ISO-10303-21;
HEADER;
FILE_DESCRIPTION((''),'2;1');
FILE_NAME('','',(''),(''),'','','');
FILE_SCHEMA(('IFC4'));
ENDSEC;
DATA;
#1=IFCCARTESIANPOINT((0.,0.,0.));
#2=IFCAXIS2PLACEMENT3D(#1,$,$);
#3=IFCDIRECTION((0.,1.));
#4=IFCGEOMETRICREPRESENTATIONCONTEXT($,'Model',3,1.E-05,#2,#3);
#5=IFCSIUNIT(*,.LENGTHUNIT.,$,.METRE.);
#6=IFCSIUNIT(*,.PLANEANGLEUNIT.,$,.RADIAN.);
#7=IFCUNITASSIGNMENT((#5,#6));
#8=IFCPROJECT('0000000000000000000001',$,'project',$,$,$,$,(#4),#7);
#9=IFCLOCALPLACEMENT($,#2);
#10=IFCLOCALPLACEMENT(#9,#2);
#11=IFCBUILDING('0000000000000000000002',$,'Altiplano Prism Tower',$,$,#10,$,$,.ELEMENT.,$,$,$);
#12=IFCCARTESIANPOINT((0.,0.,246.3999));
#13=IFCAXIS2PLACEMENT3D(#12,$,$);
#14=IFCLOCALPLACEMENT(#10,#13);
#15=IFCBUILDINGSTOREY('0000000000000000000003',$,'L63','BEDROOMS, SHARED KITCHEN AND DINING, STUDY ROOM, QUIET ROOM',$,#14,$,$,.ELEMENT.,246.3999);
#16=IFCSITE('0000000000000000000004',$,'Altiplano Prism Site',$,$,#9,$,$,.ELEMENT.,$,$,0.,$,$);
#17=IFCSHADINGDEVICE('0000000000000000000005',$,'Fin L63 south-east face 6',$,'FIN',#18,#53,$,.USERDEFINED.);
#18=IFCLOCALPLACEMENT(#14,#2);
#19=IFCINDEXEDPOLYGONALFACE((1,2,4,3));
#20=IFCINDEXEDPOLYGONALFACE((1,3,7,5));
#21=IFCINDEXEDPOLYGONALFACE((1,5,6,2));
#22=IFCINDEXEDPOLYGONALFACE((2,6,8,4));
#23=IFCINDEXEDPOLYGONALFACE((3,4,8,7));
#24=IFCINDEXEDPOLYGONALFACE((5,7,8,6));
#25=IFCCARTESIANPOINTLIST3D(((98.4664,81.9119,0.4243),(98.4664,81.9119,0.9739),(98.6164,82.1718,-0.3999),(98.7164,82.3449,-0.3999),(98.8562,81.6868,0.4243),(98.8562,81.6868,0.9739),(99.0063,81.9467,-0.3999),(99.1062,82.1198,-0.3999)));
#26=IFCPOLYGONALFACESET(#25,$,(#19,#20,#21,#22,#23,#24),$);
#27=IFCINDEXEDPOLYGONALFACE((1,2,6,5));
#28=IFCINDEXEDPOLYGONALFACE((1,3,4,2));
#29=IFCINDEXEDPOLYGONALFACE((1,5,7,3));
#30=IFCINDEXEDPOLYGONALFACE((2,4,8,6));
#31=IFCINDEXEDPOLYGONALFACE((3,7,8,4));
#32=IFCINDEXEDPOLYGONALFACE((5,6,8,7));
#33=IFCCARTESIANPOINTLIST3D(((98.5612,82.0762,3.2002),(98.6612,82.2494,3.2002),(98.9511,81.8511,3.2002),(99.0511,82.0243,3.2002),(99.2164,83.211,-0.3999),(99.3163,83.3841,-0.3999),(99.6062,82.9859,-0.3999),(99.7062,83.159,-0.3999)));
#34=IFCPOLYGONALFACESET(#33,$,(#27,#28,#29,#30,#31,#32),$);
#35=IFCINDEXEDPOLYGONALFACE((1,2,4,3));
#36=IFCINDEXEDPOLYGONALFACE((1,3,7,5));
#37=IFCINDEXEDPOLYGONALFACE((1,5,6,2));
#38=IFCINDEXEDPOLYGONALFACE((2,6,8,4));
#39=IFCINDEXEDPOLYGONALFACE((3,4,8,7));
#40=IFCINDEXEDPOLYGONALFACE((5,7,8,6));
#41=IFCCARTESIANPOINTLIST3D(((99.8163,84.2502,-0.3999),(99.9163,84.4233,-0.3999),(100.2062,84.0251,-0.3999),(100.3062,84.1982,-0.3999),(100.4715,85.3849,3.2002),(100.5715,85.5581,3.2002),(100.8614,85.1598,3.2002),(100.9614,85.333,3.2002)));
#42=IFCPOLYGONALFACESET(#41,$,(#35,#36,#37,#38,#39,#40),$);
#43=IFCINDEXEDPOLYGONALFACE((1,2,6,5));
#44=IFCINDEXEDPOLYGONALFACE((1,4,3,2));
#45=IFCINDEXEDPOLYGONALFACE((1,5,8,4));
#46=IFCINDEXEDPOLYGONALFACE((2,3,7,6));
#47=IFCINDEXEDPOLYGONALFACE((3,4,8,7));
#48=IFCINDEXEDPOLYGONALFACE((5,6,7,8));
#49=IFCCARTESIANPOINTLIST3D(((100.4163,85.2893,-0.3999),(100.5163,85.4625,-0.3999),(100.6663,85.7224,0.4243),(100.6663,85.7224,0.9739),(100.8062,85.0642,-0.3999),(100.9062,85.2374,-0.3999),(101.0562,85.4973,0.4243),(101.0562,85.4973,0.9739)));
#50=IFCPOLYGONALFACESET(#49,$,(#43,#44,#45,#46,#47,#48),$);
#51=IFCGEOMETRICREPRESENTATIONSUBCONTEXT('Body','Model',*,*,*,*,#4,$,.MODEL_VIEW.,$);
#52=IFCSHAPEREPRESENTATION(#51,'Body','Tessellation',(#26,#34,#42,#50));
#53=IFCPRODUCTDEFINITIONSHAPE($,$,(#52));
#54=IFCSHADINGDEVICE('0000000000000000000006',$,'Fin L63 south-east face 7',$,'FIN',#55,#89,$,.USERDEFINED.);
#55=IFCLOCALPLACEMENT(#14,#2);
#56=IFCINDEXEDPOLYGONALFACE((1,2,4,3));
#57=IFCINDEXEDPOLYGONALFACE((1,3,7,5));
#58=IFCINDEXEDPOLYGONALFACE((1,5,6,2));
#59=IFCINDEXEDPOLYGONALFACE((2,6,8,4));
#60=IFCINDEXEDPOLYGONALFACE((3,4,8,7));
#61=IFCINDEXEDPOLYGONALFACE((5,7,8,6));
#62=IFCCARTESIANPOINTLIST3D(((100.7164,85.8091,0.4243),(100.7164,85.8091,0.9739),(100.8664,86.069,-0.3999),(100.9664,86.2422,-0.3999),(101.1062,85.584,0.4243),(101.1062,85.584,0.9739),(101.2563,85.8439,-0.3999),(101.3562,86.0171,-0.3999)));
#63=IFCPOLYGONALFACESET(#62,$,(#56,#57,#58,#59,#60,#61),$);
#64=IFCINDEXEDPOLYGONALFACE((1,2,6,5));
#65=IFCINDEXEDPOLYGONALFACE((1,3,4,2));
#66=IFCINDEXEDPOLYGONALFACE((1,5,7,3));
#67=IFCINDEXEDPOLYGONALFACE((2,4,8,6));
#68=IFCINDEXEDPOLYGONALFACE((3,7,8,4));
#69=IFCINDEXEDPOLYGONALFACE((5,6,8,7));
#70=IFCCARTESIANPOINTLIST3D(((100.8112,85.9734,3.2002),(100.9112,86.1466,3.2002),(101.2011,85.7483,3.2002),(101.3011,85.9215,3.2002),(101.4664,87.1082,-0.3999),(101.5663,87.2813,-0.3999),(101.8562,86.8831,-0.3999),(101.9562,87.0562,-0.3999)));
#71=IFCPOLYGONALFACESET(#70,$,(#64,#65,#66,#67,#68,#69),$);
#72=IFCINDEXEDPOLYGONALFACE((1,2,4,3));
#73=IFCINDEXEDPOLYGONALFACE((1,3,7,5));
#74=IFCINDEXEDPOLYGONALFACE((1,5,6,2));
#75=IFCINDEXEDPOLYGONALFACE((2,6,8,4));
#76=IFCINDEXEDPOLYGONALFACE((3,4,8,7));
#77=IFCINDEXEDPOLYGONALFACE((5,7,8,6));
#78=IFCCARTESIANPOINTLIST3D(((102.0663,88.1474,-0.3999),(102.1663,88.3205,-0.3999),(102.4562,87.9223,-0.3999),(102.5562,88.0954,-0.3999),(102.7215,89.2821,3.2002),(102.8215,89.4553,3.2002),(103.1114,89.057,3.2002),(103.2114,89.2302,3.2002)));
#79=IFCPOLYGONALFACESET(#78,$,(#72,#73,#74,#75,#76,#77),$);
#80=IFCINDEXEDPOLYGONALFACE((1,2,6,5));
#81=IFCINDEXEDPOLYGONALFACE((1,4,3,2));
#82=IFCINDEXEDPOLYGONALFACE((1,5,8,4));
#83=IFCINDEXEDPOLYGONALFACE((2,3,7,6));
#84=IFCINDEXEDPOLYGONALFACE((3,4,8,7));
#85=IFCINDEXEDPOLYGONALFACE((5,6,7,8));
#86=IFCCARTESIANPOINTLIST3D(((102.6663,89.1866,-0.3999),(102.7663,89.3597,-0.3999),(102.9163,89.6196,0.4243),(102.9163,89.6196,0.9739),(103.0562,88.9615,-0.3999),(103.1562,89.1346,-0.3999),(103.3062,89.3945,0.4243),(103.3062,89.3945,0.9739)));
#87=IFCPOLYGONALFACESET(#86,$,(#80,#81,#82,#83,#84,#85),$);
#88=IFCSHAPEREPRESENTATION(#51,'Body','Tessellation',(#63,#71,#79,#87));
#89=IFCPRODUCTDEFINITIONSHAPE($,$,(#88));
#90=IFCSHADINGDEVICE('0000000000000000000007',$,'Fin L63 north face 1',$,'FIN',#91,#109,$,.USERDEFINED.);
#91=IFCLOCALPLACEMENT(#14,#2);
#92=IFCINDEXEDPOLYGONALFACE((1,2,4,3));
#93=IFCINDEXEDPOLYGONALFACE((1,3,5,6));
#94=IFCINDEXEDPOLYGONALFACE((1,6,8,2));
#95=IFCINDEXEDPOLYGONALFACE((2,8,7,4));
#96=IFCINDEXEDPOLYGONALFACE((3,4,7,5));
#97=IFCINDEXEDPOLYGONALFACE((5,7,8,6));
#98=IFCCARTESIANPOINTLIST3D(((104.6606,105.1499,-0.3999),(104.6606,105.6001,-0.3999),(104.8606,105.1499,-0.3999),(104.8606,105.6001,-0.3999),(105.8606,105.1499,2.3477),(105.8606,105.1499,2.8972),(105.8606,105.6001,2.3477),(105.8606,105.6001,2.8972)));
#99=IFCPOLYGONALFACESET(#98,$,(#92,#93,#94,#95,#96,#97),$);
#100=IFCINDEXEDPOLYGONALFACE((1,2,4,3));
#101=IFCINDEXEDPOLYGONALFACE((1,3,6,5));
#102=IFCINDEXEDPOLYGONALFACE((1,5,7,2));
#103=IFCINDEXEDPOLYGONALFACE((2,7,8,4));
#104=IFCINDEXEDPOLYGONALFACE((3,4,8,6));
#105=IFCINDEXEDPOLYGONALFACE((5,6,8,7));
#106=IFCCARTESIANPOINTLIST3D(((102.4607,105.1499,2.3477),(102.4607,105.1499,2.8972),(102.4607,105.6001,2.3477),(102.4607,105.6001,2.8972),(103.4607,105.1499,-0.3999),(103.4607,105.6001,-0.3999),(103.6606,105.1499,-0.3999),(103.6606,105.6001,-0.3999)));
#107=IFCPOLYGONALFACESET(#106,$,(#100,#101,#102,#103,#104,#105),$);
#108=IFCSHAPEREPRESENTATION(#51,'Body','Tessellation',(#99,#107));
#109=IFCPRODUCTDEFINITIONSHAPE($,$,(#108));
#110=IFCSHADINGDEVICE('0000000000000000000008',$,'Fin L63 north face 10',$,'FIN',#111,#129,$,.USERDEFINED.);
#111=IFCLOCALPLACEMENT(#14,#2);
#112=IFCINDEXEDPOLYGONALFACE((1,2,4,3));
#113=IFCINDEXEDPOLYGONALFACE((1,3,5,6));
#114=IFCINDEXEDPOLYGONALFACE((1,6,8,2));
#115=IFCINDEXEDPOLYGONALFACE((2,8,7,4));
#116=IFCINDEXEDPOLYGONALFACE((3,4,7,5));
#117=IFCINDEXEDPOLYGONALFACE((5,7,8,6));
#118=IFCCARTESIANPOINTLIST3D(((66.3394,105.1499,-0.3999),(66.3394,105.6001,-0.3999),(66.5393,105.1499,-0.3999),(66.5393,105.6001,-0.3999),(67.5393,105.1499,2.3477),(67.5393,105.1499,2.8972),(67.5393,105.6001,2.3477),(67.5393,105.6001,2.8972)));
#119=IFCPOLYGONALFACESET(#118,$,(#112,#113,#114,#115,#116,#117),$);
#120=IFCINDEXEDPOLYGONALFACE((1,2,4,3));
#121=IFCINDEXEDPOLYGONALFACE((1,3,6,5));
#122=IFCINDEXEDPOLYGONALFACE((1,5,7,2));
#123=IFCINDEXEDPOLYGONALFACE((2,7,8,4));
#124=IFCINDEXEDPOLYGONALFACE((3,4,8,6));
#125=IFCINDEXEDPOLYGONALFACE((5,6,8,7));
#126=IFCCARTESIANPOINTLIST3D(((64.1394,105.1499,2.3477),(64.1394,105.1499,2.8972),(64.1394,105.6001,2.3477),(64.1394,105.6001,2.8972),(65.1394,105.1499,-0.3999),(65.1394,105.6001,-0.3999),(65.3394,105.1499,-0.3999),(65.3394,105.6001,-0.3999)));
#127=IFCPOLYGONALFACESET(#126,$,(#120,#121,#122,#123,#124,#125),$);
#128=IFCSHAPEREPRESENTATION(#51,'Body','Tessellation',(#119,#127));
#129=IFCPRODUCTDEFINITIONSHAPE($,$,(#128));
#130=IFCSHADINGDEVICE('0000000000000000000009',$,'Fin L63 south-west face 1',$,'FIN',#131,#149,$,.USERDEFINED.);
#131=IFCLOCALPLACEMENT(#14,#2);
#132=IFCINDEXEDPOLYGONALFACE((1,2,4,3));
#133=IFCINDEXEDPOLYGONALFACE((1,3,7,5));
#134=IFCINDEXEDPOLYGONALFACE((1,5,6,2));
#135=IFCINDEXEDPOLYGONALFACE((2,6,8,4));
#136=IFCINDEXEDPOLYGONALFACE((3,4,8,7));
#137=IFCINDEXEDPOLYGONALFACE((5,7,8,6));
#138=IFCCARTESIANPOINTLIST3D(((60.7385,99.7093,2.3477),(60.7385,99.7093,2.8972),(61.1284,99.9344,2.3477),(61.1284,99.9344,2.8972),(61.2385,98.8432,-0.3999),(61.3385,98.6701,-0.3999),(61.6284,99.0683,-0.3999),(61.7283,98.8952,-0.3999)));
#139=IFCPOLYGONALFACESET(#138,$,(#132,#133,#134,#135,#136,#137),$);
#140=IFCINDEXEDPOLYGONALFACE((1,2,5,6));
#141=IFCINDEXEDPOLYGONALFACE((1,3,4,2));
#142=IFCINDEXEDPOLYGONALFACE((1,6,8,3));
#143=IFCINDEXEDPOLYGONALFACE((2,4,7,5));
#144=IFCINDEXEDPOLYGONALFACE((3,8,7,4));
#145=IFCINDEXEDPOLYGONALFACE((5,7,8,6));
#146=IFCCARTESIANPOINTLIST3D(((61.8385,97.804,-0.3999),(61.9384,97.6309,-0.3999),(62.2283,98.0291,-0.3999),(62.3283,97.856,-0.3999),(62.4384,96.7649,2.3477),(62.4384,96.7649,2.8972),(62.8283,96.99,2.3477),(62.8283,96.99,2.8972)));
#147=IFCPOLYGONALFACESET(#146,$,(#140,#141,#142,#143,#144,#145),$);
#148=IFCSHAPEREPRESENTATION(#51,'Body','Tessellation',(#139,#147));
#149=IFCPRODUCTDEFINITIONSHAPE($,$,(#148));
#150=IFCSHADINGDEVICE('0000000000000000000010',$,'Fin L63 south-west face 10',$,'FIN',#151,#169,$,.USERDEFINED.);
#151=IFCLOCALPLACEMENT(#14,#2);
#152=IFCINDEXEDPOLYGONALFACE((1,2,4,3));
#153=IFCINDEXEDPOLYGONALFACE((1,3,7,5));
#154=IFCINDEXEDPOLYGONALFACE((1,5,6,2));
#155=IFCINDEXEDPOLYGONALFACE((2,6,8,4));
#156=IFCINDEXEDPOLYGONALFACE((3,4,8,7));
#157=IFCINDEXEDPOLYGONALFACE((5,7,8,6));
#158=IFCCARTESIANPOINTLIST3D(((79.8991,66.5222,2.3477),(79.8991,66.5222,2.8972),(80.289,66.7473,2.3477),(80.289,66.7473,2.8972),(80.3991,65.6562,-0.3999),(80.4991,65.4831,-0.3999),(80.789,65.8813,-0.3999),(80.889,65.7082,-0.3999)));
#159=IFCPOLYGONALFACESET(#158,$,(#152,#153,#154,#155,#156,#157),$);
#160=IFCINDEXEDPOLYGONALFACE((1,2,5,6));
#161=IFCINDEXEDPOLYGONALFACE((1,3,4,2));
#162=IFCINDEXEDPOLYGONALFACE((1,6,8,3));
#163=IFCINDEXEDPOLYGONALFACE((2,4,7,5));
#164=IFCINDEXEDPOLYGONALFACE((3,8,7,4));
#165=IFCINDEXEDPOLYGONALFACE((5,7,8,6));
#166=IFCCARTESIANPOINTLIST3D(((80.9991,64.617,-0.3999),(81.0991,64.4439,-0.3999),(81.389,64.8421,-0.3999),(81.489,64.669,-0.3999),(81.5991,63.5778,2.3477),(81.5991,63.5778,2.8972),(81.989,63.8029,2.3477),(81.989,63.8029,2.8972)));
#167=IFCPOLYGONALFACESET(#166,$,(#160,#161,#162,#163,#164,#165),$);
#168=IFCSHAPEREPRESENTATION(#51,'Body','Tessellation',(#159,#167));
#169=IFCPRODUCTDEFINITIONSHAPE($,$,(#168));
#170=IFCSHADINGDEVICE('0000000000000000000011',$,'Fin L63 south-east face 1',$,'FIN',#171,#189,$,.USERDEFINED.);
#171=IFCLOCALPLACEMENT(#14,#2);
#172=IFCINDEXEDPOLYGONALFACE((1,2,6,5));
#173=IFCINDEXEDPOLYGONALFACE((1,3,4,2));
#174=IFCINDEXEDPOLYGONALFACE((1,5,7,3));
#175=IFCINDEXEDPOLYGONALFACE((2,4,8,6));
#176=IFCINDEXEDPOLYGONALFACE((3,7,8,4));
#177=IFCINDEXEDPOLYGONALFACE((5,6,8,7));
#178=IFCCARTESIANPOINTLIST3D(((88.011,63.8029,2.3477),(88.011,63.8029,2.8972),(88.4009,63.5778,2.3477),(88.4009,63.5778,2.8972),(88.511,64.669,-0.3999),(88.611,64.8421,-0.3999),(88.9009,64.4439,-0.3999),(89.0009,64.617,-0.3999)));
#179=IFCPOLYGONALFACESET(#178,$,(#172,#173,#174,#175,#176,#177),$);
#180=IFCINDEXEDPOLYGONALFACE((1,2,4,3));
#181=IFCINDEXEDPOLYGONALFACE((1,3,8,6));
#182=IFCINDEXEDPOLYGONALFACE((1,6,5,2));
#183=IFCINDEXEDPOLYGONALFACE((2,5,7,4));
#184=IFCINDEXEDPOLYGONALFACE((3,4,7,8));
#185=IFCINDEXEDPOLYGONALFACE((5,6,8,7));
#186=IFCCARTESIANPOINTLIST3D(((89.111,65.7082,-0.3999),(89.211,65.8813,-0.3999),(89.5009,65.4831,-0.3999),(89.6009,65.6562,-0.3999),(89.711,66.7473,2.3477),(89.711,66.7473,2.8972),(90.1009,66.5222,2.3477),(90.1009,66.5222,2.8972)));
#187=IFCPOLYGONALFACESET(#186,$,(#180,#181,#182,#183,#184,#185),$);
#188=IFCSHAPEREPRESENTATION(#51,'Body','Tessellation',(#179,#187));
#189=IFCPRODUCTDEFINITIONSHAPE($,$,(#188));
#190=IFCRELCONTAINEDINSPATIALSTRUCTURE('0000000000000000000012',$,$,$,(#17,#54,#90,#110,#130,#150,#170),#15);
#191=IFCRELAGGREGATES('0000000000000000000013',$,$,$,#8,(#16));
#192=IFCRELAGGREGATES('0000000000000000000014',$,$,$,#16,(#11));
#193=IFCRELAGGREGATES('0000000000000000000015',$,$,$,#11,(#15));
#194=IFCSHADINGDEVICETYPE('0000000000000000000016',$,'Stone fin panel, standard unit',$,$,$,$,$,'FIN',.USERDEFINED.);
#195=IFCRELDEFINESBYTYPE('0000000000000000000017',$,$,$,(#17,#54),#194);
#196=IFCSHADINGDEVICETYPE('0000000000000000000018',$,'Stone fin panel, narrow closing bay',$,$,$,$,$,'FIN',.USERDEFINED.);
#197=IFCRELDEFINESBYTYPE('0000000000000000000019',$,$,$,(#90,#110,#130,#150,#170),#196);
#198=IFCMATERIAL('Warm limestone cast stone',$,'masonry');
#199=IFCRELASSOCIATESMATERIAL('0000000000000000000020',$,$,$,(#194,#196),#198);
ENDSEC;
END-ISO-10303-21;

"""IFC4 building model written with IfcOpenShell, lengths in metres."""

from ifc_helpers import new_model, si_unit, direction, frame, origin, place, context, subcontext, project, spatial, polyline, outline, extrude, source, transform, mapped, material, type_object, element, save


model = new_model("IFC4")

# Units and contexts
model_context = context("Model", 3, precision=1e-05, world=origin(), true_north=direction((0.0, 1.0)))
body_context = subcontext(model_context, "Body", "Model", "MODEL_VIEW")
ifc_project = project(units=[si_unit("LENGTHUNIT", "METRE"), si_unit("PLANEANGLEUNIT", "RADIAN")], contexts=[model_context])

# Site, building, storey
site_placement = place(None, origin())
site = spatial("IfcSite", under=ifc_project, at=site_placement, Name="Altiplano Prism Site", CompositionType="ELEMENT", RefElevation=0.0)
building_placement = place(site_placement, origin())
building = spatial("IfcBuilding", under=site, at=building_placement, Name="Altiplano Prism Tower", CompositionType="ELEMENT")
storey_placement = place(building_placement, frame((0.0, 0.0, 246.3999)))
storey = spatial("IfcBuildingStorey", under=building, at=storey_placement, Name="L63", Description="BEDROOMS, SHARED KITCHEN AND DINING, STUDY ROOM, QUIET ROOM", CompositionType="ELEMENT", Elevation=246.3999)

# Shading devices
ifc_material_1 = material(Name="Warm limestone cast stone", Category="masonry")
shading_device_type_1 = type_object("IfcShadingDeviceType", Name="Stone fin panel, standard unit", ElementType="FIN", PredefinedType="USERDEFINED", material=ifc_material_1)
shared_shape_1 = source(origin(), body_context, "Body", "SweptSolid", [
    extrude(outline(polyline([(-2.2, 1.3738), (-2.2, 0.8242), (-1.8999, 0.0), (-1.7, 0.0), (-2.2, 1.3738)])), frame((0.0, -0.1499, 0.0), z_axis=(0.0, -1.0, 0.0), x_axis=(1.0, 0.0, 0.0)), (0.0, 0.0, 1.0), 0.4502),
    extrude(outline(polyline([(-2.0103, 3.6001), (-0.7, 0.0), (-0.5, 0.0), (-1.8103, 3.6001), (-2.0103, 3.6001)])), frame((0.0, -0.1499, 0.0), z_axis=(0.0, -1.0, 0.0), x_axis=(1.0, 0.0, 0.0)), (0.0, 0.0, 1.0), 0.4502),
    extrude(outline(polyline([(1.8103, 3.6001), (0.5, 0.0), (0.7, 0.0), (2.0103, 3.6001), (1.8103, 3.6001)])), frame((0.0, -0.1499, 0.0), z_axis=(0.0, -1.0, 0.0), x_axis=(1.0, 0.0, 0.0)), (0.0, 0.0, 1.0), 0.4502),
    extrude(outline(polyline([(2.2, 0.8242), (2.2, 1.3738), (1.7, 0.0), (1.8999, 0.0), (2.2, 0.8242)])), frame((0.0, -0.1499, 0.0), z_axis=(0.0, -1.0, 0.0), x_axis=(1.0, 0.0, 0.0)), (0.0, 0.0, 1.0), 0.4502),
])
shading_device_1_placement = place(storey_placement, origin())
element("IfcShadingDevice", 1, at=shading_device_1_placement, inside=storey, type_object=shading_device_type_1, Name="Fin L63 south-east face 6", ObjectType="FIN", PredefinedType="USERDEFINED", context=body_context, shape_type="MappedRepresentation", body=[
    mapped(shared_shape_1, transform((99.4365, 83.8921, -0.3999), x_axis=(0.5, 0.866025, 0.0), y_axis=(-0.866025, 0.5, 0.0), z_axis=(0.0, 0.0, 1.0))),
])
shading_device_2_placement = place(storey_placement, origin())
element("IfcShadingDevice", 2, at=shading_device_2_placement, inside=storey, type_object=shading_device_type_1, Name="Fin L63 south-east face 7", ObjectType="FIN", PredefinedType="USERDEFINED", context=body_context, shape_type="MappedRepresentation", body=[
    mapped(shared_shape_1, transform((101.6865, 87.7893, -0.3999), x_axis=(0.5, 0.866025, 0.0), y_axis=(-0.866025, 0.5, 0.0), z_axis=(0.0, 0.0, 1.0))),
])
shading_device_type_2 = type_object("IfcShadingDeviceType", Name="Stone fin panel, narrow closing bay", ElementType="FIN", PredefinedType="USERDEFINED", material=ifc_material_1)
shared_shape_2 = source(origin(), body_context, "Body", "SweptSolid", [
    extrude(outline(polyline([(-1.7, 3.2971), (-1.7, 2.7476), (-0.7, 0.0), (-0.5, 0.0), (-1.7, 3.2971)])), frame((0.0, -0.1499, 0.0), z_axis=(0.0, -1.0, 0.0), x_axis=(1.0, 0.0, 0.0)), (0.0, 0.0, 1.0), 0.4502),
    extrude(outline(polyline([(1.7, 2.7476), (1.7, 3.2971), (0.5, 0.0), (0.7, 0.0), (1.7, 2.7476)])), frame((0.0, -0.1499, 0.0), z_axis=(0.0, -1.0, 0.0), x_axis=(1.0, 0.0, 0.0)), (0.0, 0.0, 1.0), 0.4502),
])
shading_device_3_placement = place(storey_placement, origin())
element("IfcShadingDevice", 3, at=shading_device_3_placement, inside=storey, type_object=shading_device_type_2, Name="Fin L63 north face 1", ObjectType="FIN", PredefinedType="USERDEFINED", context=body_context, shape_type="MappedRepresentation", body=[
    mapped(shared_shape_2, transform((104.1606, 105.0, -0.3999), x_axis=(-1.0, 0.0, 0.0), y_axis=(0.0, -1.0, 0.0), z_axis=(0.0, 0.0, 1.0))),
])
shading_device_4_placement = place(storey_placement, origin())
element("IfcShadingDevice", 4, at=shading_device_4_placement, inside=storey, type_object=shading_device_type_2, Name="Fin L63 north face 10", ObjectType="FIN", PredefinedType="USERDEFINED", context=body_context, shape_type="MappedRepresentation", body=[
    mapped(shared_shape_2, transform((65.8394, 105.0, -0.3999), x_axis=(-1.0, 0.0, 0.0), y_axis=(0.0, -1.0, 0.0), z_axis=(0.0, 0.0, 1.0))),
])
shading_device_5_placement = place(storey_placement, origin())
element("IfcShadingDevice", 5, at=shading_device_5_placement, inside=storey, type_object=shading_device_type_2, Name="Fin L63 south-west face 1", ObjectType="FIN", PredefinedType="USERDEFINED", context=body_context, shape_type="MappedRepresentation", body=[
    mapped(shared_shape_2, transform((62.1082, 98.5371, -0.3999), x_axis=(0.5, -0.866025, 0.0), y_axis=(0.866025, 0.5, 0.0), z_axis=(0.0, 0.0, 1.0))),
])
shading_device_6_placement = place(storey_placement, origin())
element("IfcShadingDevice", 6, at=shading_device_6_placement, inside=storey, type_object=shading_device_type_2, Name="Fin L63 south-west face 10", ObjectType="FIN", PredefinedType="USERDEFINED", context=body_context, shape_type="MappedRepresentation", body=[
    mapped(shared_shape_2, transform((81.2688, 65.3501, -0.3999), x_axis=(0.5, -0.866025, 0.0), y_axis=(0.866025, 0.5, 0.0), z_axis=(0.0, 0.0, 1.0))),
])
shading_device_7_placement = place(storey_placement, origin())
element("IfcShadingDevice", 7, at=shading_device_7_placement, inside=storey, type_object=shading_device_type_2, Name="Fin L63 south-east face 1", ObjectType="FIN", PredefinedType="USERDEFINED", context=body_context, shape_type="MappedRepresentation", body=[
    mapped(shared_shape_2, transform((88.7312, 65.3501, -0.3999), x_axis=(0.5, 0.866025, 0.0), y_axis=(-0.866025, 0.5, 0.0), z_axis=(0.0, 0.0, 1.0))),
])

save(model, "model.ifc")
